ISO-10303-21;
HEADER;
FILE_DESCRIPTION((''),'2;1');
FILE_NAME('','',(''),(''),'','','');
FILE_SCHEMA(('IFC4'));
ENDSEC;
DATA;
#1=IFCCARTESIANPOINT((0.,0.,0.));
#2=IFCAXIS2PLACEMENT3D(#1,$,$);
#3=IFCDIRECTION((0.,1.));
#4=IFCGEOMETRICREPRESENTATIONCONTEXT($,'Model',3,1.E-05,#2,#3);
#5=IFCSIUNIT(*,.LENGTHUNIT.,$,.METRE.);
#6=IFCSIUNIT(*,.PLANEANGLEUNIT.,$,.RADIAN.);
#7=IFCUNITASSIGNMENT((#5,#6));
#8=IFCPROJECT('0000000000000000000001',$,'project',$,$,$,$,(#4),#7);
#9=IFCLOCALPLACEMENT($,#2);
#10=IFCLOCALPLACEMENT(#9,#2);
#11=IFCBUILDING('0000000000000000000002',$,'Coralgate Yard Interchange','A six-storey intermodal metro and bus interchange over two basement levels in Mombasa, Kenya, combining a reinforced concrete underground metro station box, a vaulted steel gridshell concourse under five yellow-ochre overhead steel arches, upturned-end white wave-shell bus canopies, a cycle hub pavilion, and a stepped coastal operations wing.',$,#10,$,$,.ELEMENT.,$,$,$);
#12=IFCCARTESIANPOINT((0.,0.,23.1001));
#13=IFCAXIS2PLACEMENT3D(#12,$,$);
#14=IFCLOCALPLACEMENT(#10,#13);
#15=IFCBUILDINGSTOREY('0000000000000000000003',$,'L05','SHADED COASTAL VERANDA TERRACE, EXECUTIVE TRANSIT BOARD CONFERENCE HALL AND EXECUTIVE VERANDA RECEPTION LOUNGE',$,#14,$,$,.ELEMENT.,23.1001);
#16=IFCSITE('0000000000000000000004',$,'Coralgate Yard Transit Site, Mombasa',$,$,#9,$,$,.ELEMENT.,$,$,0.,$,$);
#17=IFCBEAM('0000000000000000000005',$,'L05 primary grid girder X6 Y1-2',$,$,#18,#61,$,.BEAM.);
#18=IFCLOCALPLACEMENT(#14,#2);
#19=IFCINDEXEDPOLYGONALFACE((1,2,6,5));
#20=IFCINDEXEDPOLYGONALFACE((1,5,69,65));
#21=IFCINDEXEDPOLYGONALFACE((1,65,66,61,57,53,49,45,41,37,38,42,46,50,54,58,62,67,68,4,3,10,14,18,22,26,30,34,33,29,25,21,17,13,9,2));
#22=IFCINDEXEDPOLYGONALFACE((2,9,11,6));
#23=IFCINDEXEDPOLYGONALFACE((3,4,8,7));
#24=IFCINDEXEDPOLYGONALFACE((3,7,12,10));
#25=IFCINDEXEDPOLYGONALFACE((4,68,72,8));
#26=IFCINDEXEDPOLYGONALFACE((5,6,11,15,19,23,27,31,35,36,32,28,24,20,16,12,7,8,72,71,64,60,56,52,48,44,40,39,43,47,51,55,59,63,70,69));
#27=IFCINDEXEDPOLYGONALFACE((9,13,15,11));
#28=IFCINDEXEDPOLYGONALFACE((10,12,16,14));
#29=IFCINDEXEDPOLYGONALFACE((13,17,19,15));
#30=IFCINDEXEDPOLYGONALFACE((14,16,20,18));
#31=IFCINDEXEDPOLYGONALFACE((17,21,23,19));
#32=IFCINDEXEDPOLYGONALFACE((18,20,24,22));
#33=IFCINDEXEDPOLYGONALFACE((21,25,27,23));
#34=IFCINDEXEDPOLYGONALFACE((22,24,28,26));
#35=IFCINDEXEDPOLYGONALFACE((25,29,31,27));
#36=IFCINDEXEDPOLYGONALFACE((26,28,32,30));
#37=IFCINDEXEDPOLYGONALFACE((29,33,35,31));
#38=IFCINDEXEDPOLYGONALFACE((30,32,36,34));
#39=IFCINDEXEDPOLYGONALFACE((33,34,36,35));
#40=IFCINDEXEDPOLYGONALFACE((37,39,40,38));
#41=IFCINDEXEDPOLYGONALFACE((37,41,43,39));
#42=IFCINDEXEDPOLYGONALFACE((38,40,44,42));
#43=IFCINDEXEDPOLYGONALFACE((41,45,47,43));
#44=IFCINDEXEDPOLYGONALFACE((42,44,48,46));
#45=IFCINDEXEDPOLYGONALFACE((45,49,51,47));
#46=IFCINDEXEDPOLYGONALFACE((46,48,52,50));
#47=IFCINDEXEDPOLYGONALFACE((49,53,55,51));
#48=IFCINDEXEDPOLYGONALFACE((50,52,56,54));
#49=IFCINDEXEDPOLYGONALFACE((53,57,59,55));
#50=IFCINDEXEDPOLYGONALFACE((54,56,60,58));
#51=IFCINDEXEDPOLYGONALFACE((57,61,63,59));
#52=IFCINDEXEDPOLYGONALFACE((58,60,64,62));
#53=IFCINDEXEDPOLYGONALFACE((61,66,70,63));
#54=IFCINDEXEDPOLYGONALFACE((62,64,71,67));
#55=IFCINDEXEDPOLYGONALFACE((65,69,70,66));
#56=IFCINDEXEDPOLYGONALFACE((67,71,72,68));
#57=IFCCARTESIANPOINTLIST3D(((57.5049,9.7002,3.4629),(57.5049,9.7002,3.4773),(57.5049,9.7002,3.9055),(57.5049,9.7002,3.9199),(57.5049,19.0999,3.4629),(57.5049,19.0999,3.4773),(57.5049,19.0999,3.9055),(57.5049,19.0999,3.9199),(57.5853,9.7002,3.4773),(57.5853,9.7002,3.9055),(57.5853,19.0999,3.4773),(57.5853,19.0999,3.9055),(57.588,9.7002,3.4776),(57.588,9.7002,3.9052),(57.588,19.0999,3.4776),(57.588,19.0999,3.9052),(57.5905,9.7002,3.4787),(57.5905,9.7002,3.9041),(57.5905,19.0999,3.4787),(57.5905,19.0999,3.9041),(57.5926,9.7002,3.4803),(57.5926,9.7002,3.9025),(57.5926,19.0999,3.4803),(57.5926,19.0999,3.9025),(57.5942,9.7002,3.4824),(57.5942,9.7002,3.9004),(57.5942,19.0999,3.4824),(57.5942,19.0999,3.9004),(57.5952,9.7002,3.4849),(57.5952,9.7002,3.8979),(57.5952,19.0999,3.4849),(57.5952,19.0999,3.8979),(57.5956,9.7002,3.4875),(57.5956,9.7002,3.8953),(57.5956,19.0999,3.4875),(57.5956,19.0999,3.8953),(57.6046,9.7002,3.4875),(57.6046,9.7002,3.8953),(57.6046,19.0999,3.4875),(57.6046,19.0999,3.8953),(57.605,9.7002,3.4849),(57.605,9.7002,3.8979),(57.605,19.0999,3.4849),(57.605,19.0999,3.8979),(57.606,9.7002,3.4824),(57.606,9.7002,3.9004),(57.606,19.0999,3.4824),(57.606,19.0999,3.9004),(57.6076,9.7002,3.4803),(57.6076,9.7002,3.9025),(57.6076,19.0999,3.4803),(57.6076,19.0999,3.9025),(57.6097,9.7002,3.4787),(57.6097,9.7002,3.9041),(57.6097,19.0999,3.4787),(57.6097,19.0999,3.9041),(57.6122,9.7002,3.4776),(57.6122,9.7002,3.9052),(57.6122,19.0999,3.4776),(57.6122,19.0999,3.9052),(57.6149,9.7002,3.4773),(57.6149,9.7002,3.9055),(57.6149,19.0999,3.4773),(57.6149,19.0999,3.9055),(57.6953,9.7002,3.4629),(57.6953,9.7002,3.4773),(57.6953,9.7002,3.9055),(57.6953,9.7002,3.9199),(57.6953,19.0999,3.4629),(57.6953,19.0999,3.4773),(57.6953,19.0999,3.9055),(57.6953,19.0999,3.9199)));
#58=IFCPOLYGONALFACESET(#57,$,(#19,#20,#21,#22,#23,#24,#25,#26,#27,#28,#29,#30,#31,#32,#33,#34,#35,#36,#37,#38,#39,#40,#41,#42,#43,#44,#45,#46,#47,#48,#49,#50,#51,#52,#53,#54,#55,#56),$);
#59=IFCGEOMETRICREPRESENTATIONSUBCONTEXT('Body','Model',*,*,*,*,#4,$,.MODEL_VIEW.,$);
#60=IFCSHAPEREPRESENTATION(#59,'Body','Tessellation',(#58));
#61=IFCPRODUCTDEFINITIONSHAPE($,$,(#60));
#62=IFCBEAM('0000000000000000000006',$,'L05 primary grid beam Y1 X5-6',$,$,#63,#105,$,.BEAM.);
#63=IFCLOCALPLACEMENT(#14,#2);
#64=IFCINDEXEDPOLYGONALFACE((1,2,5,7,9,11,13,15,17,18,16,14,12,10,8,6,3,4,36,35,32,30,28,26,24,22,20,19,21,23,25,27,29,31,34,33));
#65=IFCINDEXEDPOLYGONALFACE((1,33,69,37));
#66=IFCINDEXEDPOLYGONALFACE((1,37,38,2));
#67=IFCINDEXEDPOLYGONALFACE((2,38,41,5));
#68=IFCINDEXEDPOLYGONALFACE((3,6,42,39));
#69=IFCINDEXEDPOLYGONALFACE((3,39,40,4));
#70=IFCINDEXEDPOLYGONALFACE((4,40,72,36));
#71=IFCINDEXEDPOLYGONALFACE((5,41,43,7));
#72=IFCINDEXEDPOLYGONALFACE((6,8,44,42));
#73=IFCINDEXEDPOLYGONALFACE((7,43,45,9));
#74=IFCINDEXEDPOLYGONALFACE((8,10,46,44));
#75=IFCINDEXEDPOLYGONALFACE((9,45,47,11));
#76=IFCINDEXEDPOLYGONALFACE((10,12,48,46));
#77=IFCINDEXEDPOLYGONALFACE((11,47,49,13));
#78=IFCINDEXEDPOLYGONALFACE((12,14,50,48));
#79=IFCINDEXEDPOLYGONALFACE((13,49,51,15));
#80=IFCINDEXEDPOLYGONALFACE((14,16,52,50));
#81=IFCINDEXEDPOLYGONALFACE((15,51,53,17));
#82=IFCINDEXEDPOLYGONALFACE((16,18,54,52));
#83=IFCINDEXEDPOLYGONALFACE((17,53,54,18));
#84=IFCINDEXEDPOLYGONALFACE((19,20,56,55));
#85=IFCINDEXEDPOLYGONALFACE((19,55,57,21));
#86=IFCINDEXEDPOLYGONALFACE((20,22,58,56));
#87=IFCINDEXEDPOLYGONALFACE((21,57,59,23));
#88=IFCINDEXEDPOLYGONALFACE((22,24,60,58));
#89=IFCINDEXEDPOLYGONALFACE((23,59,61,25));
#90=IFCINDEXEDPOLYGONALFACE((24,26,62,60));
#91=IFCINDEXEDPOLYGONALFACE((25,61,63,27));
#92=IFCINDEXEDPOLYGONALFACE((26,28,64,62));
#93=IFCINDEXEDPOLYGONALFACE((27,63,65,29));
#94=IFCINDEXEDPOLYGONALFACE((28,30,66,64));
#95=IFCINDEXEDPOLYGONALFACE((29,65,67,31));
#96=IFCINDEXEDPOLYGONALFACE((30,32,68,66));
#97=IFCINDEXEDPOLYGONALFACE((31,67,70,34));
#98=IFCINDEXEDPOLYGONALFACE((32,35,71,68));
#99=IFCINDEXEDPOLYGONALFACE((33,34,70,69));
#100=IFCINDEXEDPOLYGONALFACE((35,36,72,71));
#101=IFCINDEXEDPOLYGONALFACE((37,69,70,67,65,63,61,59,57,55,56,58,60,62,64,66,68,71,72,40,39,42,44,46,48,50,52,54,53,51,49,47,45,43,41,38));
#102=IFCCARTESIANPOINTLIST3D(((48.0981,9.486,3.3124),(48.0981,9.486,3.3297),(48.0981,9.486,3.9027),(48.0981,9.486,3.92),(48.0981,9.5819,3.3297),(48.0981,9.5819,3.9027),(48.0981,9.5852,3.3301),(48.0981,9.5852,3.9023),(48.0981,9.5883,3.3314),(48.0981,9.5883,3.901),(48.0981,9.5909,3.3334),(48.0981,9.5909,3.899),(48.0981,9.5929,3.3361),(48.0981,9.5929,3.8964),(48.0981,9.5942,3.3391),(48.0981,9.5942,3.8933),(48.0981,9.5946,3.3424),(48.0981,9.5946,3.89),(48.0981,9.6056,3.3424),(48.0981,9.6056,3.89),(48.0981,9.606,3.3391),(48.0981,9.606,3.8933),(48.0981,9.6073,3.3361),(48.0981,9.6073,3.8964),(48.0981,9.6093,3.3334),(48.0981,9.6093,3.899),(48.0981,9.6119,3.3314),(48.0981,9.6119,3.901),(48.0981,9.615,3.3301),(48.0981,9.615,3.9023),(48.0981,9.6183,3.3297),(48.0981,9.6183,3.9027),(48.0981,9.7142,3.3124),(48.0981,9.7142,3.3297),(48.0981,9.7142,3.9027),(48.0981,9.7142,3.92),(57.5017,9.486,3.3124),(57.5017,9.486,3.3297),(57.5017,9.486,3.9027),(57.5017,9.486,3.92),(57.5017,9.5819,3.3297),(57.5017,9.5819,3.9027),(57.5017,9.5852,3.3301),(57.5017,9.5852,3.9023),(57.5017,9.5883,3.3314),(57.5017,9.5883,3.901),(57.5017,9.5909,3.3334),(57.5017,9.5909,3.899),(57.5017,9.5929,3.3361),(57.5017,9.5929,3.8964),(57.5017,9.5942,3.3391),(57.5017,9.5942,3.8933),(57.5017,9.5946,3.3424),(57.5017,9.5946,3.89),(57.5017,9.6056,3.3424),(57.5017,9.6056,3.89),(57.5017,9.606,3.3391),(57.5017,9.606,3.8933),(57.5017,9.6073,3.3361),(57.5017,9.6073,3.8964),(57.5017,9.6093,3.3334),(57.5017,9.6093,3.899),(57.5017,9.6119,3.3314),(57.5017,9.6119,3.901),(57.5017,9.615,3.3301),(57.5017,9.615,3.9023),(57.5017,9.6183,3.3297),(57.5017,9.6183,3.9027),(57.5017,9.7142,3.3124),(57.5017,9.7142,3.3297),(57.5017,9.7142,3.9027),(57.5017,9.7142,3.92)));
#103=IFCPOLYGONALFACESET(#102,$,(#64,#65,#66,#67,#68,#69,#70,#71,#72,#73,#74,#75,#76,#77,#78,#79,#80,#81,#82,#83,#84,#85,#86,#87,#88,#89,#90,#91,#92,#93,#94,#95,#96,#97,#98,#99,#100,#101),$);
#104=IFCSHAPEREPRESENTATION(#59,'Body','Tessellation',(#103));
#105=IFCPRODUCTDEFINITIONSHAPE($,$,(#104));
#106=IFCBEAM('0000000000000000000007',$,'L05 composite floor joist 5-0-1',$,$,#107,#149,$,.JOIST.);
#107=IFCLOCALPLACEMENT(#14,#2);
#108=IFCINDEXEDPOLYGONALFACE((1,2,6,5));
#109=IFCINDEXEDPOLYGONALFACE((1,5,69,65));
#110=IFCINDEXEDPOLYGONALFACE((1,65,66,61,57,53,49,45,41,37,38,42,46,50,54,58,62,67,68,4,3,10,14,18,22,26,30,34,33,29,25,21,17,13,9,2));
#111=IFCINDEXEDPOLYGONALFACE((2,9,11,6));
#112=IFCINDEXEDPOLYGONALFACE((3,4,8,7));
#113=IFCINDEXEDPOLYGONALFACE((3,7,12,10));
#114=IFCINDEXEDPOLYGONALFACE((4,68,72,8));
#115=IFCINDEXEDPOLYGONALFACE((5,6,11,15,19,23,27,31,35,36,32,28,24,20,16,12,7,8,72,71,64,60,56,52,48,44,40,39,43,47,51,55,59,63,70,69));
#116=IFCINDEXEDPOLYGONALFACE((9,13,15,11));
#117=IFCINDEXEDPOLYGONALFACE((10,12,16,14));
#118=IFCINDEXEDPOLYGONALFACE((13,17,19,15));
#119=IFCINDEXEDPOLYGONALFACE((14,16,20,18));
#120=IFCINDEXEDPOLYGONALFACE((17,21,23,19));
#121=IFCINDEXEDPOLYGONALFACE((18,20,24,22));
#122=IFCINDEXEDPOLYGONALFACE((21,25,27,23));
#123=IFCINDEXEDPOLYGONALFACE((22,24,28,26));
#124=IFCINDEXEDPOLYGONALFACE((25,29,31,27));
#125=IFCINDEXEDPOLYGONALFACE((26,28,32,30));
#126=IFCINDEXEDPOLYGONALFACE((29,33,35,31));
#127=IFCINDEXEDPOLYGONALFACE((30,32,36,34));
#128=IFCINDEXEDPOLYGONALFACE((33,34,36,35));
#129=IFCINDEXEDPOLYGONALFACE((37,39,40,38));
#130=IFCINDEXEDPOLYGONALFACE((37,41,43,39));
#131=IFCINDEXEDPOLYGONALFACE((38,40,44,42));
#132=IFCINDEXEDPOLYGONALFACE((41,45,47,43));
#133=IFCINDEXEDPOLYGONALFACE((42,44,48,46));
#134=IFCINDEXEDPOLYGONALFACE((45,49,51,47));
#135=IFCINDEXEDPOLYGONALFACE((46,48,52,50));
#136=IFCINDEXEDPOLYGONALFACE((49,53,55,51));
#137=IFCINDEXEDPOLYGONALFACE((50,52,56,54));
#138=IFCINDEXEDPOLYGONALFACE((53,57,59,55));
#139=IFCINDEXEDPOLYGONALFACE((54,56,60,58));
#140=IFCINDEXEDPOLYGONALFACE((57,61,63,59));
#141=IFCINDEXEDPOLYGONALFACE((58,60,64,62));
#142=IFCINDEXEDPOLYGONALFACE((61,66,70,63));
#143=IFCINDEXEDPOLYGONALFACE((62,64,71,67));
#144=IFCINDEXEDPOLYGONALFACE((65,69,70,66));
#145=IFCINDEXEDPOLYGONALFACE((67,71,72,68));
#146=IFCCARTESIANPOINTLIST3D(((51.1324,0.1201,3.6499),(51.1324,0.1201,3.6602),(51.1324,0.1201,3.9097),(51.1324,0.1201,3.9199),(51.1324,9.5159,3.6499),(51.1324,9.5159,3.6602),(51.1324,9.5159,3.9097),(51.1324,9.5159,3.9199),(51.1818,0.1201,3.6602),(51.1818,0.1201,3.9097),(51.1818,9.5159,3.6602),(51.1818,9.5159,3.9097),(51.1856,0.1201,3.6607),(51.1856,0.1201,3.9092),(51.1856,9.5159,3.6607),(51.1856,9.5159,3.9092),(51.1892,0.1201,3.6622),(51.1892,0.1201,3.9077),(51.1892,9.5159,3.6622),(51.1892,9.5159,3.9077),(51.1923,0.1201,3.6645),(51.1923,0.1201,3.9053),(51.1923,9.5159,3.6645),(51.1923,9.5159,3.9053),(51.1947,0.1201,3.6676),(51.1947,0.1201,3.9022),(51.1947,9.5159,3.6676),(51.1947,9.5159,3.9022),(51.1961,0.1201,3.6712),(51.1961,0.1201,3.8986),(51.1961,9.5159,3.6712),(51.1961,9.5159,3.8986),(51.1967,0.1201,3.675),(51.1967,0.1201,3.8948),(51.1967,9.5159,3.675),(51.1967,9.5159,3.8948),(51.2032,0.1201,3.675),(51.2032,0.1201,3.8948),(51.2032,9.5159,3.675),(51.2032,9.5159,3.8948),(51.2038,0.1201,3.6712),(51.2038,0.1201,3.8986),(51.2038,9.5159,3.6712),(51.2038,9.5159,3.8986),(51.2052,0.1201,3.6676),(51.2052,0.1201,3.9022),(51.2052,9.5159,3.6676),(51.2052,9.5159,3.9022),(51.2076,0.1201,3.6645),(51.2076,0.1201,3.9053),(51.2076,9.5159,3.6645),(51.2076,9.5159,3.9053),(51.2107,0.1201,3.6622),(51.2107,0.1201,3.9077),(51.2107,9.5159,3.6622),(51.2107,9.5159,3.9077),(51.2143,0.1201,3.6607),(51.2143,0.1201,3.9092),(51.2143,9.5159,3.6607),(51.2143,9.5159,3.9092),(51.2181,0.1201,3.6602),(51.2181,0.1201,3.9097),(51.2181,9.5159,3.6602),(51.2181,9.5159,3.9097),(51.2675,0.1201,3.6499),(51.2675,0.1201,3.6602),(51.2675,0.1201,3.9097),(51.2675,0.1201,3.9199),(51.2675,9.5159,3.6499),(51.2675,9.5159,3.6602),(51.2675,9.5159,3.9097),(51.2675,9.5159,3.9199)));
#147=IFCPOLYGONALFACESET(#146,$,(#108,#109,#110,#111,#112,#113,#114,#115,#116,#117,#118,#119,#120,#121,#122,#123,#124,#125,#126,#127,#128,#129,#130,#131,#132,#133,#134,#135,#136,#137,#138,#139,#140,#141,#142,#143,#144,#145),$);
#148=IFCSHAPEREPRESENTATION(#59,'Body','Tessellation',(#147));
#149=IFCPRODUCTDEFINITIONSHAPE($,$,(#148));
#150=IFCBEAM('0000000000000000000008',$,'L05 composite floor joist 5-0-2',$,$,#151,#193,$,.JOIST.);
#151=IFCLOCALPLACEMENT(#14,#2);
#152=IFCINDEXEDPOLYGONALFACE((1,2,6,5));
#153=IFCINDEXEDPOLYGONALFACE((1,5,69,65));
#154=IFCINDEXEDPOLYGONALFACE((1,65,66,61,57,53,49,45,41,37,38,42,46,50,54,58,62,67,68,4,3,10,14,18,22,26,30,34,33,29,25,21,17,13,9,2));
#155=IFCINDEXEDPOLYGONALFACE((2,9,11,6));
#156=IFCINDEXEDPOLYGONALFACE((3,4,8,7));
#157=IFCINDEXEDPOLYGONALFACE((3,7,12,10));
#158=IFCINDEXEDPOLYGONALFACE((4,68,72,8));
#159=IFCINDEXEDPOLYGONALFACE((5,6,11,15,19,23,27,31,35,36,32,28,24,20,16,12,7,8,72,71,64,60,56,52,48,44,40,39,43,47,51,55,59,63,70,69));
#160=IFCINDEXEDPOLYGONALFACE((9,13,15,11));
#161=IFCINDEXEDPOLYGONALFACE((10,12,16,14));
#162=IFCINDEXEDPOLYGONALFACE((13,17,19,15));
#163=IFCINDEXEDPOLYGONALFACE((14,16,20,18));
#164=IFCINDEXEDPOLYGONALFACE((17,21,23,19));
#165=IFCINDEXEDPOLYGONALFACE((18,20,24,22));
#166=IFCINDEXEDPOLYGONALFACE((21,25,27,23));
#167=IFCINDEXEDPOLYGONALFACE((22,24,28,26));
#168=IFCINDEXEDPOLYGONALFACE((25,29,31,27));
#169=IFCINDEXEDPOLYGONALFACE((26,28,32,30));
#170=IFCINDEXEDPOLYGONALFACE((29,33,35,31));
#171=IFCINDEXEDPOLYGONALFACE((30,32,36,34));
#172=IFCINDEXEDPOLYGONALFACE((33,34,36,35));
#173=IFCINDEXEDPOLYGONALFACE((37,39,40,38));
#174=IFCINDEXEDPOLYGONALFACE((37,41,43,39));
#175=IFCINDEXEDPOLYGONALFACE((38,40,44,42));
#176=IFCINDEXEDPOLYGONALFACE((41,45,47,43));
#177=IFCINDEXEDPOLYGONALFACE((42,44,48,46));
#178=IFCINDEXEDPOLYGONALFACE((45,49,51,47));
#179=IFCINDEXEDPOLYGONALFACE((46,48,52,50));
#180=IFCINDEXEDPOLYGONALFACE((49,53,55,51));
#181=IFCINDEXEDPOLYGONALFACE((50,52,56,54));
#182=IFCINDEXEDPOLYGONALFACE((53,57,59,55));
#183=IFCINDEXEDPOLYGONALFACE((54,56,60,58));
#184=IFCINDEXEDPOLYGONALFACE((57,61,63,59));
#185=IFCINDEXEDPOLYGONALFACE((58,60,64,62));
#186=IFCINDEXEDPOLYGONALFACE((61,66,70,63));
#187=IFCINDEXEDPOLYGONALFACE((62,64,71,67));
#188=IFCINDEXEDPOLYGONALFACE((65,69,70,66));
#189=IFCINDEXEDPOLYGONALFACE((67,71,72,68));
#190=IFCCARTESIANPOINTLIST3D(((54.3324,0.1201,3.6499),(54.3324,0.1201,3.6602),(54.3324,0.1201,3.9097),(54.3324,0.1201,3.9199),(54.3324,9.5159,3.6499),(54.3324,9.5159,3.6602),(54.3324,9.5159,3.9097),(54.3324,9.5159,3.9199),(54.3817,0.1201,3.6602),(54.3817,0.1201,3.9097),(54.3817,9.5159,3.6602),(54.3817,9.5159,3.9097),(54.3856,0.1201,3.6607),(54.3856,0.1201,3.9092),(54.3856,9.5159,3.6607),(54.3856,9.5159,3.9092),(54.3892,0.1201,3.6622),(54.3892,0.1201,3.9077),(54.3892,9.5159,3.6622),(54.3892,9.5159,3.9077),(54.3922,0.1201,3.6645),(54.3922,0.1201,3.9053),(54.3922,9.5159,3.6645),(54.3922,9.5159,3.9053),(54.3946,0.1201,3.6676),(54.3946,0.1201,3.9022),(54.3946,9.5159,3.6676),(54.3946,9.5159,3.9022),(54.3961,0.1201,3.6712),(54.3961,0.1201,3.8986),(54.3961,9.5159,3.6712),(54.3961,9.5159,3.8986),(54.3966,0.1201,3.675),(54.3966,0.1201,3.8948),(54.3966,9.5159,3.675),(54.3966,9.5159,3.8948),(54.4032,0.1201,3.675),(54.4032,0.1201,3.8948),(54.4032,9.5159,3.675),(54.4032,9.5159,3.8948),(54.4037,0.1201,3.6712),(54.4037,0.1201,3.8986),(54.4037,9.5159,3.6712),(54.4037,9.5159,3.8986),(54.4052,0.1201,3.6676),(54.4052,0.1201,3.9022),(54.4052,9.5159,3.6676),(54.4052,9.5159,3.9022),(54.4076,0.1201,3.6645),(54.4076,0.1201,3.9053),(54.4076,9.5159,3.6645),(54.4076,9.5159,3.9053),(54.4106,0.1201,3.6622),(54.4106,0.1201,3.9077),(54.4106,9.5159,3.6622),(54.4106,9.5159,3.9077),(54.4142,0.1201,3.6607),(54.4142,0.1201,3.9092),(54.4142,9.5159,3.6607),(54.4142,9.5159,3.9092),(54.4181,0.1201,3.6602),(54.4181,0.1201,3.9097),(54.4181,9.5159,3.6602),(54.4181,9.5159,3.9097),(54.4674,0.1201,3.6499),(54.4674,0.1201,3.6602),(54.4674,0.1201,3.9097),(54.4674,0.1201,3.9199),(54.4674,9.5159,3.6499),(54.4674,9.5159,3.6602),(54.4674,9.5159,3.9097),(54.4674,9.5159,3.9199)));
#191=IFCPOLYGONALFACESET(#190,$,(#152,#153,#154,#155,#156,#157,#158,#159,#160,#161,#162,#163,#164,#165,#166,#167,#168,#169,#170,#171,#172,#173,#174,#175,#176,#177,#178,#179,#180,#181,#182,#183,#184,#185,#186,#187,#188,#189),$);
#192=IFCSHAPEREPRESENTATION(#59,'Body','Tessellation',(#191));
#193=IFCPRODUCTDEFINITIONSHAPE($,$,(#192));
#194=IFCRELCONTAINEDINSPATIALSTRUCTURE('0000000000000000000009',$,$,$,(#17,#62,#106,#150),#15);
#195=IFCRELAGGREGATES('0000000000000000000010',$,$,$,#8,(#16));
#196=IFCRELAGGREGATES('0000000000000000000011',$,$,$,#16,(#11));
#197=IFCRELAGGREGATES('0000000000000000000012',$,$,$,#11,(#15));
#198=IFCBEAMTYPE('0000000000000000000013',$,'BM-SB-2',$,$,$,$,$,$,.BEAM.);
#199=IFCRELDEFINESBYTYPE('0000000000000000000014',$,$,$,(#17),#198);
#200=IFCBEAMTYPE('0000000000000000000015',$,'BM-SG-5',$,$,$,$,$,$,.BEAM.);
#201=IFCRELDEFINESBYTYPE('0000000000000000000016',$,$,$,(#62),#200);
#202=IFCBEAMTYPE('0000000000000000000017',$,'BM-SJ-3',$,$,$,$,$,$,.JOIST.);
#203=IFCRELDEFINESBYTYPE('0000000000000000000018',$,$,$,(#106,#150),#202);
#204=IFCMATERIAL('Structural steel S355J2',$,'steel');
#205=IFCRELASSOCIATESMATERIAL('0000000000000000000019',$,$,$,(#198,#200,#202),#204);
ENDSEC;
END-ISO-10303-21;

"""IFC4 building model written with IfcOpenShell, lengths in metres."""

from ifc_helpers import new_model, si_unit, direction, frame, origin, origin_2d, place, context, subcontext, project, spatial, i_section, extrude, material, material_profile, profile_set, type_object, element, save


model = new_model("IFC4")

# Units and contexts
model_context = context("Model", 3, precision=1e-05, world=origin(), true_north=direction((0.0, 1.0)))
body_context = subcontext(model_context, "Body", "Model", "MODEL_VIEW")
ifc_project = project(units=[si_unit("LENGTHUNIT", "METRE"), si_unit("PLANEANGLEUNIT", "RADIAN")], contexts=[model_context])

# Site, building, storey
site_placement = place(None, origin())
site = spatial("IfcSite", under=ifc_project, at=site_placement, Name="Coralgate Yard Transit Site, Mombasa", CompositionType="ELEMENT", RefElevation=0.0)
building_placement = place(site_placement, origin())
building = spatial("IfcBuilding", under=site, at=building_placement, Name="Coralgate Yard Interchange", Description="A six-storey intermodal metro and bus interchange over two basement levels in Mombasa, Kenya, combining a reinforced concrete underground metro station box, a vaulted steel gridshell concourse under five yellow-ochre overhead steel arches, upturned-end white wave-shell bus canopies, a cycle hub pavilion, and a stepped coastal operations wing.", CompositionType="ELEMENT")
storey_placement = place(building_placement, frame((0.0, 0.0, 23.1001)))
storey = spatial("IfcBuildingStorey", under=building, at=storey_placement, Name="L05", Description="SHADED COASTAL VERANDA TERRACE, EXECUTIVE TRANSIT BOARD CONFERENCE HALL AND EXECUTIVE VERANDA RECEPTION LOUNGE", CompositionType="ELEMENT", Elevation=23.1001)

# Shared definitions
ifc_material_1 = material(Name="Structural steel S355J2", Category="steel")

# Beams
ifc_material_profile_1 = material_profile(ifc_material_1, i_section(OverallWidth=0.1904, OverallDepth=0.457, WebThickness=0.009, FlangeThickness=0.0144, FilletRadius=0.0103, at=origin_2d()), Name="UB 457x191x74")
ifc_profile_set_1 = profile_set([ifc_material_profile_1], Name="Structural steel S355J2")
beam_type_1 = type_object("IfcBeamType", Name="BM-SB-2", PredefinedType="BEAM", material=ifc_profile_set_1)
beam_1_placement = place(storey_placement, frame((57.6001, 9.7002, 3.6914), z_axis=(0.0, 1.0, 0.0), x_axis=(-1.0, 0.0, 0.0)))
element("IfcBeam", 1, at=beam_1_placement, inside=storey, type_object=beam_type_1, Name="L05 primary grid girder X6 Y1-2", PredefinedType="BEAM", context=body_context, shape_type="SweptSolid", body=[
    extrude(i_section(OverallWidth=0.1904, OverallDepth=0.457, WebThickness=0.009, FlangeThickness=0.0144, FilletRadius=0.0103, at=origin_2d()), origin(), (0.0, 0.0, 1.0), 9.3997),
])
ifc_material_profile_2 = material_profile(ifc_material_1, i_section(OverallWidth=0.2283, OverallDepth=0.6077, WebThickness=0.011, FlangeThickness=0.0173, FilletRadius=0.0127, at=origin_2d()), Name="UB 610x229x113")
ifc_profile_set_2 = profile_set([ifc_material_profile_2], Name="Structural steel S355J2")
beam_type_2 = type_object("IfcBeamType", Name="BM-SG-5", PredefinedType="BEAM", material=ifc_profile_set_2)
beam_2_placement = place(storey_placement, frame((48.0981, 9.6001, 3.6162), z_axis=(1.0, 0.0, 0.0), x_axis=(0.0, 1.0, 0.0)))
element("IfcBeam", 2, at=beam_2_placement, inside=storey, type_object=beam_type_2, Name="L05 primary grid beam Y1 X5-6", PredefinedType="BEAM", context=body_context, shape_type="SweptSolid", body=[
    extrude(i_section(OverallWidth=0.2283, OverallDepth=0.6077, WebThickness=0.011, FlangeThickness=0.0173, FilletRadius=0.0127, at=origin_2d()), origin(), (0.0, 0.0, 1.0), 9.4036),
])
ifc_material_profile_3 = material_profile(ifc_material_1, i_section(OverallWidth=0.135, OverallDepth=0.27, WebThickness=0.0066, FlangeThickness=0.0103, FilletRadius=0.0149, at=origin_2d()), Name="IPE 270")
ifc_profile_set_3 = profile_set([ifc_material_profile_3], Name="Structural steel S355J2")
beam_type_3 = type_object("IfcBeamType", Name="BM-SJ-3", PredefinedType="JOIST", material=ifc_profile_set_3)
for number, where, z_axis, x_axis, name in (
    (3, (51.2, 0.1201, 3.7849), (0.0, 1.0, 0.0), (-1.0, 0.0, 0.0), "L05 composite floor joist 5-0-1"),
    (4, (54.3999, 0.1201, 3.7849), (0.0, 1.0, 0.0), (-1.0, 0.0, 0.0), "L05 composite floor joist 5-0-2"),
):
    element("IfcBeam", number, at=place(storey_placement, frame(where, z_axis=z_axis, x_axis=x_axis)), inside=storey, type_object=beam_type_3, Name=name, PredefinedType="JOIST", context=body_context, shape_type="SweptSolid", body=[
        extrude(i_section(OverallWidth=0.135, OverallDepth=0.27, WebThickness=0.0066, FlangeThickness=0.0103, FilletRadius=0.0149, at=origin_2d()), origin(), (0.0, 0.0, 1.0), 9.3958),
    ])

save(model, "model.ifc")
